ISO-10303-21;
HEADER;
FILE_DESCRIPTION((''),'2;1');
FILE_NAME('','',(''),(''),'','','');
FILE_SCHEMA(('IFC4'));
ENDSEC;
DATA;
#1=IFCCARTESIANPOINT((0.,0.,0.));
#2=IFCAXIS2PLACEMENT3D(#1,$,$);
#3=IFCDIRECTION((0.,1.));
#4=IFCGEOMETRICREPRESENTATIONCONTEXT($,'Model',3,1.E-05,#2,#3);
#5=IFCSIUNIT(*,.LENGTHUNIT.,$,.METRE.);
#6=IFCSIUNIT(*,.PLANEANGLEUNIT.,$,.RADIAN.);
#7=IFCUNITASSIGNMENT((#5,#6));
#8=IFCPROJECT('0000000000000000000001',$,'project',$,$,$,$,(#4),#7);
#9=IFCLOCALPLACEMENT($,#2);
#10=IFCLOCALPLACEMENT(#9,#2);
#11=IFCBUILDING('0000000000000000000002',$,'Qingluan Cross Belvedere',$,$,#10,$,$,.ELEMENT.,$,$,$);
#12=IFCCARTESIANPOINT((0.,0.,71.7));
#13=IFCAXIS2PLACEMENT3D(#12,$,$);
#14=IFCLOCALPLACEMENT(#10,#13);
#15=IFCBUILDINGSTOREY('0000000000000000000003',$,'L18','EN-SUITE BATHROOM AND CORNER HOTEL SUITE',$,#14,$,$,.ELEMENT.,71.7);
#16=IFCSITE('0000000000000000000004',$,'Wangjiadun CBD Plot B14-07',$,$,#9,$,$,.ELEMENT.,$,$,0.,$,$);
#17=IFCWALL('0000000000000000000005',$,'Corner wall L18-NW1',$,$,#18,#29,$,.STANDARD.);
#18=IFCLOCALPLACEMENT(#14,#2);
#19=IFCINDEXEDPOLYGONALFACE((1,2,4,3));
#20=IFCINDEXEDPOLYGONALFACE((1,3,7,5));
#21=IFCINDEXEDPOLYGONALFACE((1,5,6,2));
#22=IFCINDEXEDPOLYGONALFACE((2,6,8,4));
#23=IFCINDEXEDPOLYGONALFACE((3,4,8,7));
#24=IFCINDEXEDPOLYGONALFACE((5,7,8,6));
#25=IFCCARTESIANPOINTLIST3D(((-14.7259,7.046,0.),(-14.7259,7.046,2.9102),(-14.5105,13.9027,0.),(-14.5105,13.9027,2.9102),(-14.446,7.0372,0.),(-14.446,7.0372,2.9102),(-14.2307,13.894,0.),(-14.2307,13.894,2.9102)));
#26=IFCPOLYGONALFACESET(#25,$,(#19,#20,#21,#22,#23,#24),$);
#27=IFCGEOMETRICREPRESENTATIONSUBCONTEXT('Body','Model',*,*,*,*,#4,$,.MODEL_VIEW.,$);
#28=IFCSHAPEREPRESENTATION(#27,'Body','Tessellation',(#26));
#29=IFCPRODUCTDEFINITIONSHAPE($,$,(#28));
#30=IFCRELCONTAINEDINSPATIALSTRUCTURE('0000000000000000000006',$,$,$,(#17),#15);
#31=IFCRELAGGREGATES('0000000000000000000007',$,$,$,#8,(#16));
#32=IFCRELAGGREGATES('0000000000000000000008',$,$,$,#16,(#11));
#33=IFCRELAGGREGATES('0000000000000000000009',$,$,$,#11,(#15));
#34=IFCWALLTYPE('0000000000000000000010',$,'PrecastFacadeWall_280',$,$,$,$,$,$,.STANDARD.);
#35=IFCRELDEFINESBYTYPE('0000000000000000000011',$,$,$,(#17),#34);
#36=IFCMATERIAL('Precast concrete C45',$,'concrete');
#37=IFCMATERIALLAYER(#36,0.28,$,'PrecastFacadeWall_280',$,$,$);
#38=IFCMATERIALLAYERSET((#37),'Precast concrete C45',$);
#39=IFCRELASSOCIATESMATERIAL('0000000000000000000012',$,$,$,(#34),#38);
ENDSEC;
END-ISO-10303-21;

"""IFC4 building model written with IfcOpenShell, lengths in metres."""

from ifc_helpers import new_model, si_unit, direction, frame, frame_2d, origin, place, context, subcontext, project, spatial, rectangle, extrude, material, layer, layer_set, type_object, element, save


model = new_model("IFC4")

# Units and contexts
model_context = context("Model", 3, precision=1e-05, world=origin(), true_north=direction((0.0, 1.0)))
body_context = subcontext(model_context, "Body", "Model", "MODEL_VIEW")
ifc_project = project(units=[si_unit("LENGTHUNIT", "METRE"), si_unit("PLANEANGLEUNIT", "RADIAN")], contexts=[model_context])

# Site, building, storey
site_placement = place(None, origin())
site = spatial("IfcSite", under=ifc_project, at=site_placement, Name="Wangjiadun CBD Plot B14-07", CompositionType="ELEMENT", RefElevation=0.0)
building_placement = place(site_placement, origin())
building = spatial("IfcBuilding", under=site, at=building_placement, Name="Qingluan Cross Belvedere", CompositionType="ELEMENT")
storey_placement = place(building_placement, frame((0.0, 0.0, 71.7)))
storey = spatial("IfcBuildingStorey", under=building, at=storey_placement, Name="L18", Description="EN-SUITE BATHROOM AND CORNER HOTEL SUITE", CompositionType="ELEMENT", Elevation=71.7)

# Shared definitions
ifc_material_1 = material(Name="Precast concrete C45", Category="concrete")
ifc_layer_1 = layer(ifc_material_1, 0.28, Name="PrecastFacadeWall_280")
ifc_layer_set_1 = layer_set([ifc_layer_1], Name="Precast concrete C45")
wall_type_1 = type_object("IfcWallType", Name="PrecastFacadeWall_280", PredefinedType="STANDARD", material=ifc_layer_set_1)

# Wall
wall_1_placement = place(storey_placement, frame((-14.5859, 7.0415, 0.0), z_axis=(0.0, 0.0, 1.0), x_axis=(0.031389, 0.999507, 0.0)))
element("IfcWall", 1, at=wall_1_placement, inside=storey, type_object=wall_type_1, Name="Corner wall L18-NW1", PredefinedType="STANDARD", context=body_context, shape_type="SweptSolid", body=[
    extrude(rectangle(XDim=6.8601, YDim=0.28, at=frame_2d((3.4302, 0.0))), origin(), (0.0, 0.0, 1.0), 2.9102),
])

save(model, "model.ifc")
